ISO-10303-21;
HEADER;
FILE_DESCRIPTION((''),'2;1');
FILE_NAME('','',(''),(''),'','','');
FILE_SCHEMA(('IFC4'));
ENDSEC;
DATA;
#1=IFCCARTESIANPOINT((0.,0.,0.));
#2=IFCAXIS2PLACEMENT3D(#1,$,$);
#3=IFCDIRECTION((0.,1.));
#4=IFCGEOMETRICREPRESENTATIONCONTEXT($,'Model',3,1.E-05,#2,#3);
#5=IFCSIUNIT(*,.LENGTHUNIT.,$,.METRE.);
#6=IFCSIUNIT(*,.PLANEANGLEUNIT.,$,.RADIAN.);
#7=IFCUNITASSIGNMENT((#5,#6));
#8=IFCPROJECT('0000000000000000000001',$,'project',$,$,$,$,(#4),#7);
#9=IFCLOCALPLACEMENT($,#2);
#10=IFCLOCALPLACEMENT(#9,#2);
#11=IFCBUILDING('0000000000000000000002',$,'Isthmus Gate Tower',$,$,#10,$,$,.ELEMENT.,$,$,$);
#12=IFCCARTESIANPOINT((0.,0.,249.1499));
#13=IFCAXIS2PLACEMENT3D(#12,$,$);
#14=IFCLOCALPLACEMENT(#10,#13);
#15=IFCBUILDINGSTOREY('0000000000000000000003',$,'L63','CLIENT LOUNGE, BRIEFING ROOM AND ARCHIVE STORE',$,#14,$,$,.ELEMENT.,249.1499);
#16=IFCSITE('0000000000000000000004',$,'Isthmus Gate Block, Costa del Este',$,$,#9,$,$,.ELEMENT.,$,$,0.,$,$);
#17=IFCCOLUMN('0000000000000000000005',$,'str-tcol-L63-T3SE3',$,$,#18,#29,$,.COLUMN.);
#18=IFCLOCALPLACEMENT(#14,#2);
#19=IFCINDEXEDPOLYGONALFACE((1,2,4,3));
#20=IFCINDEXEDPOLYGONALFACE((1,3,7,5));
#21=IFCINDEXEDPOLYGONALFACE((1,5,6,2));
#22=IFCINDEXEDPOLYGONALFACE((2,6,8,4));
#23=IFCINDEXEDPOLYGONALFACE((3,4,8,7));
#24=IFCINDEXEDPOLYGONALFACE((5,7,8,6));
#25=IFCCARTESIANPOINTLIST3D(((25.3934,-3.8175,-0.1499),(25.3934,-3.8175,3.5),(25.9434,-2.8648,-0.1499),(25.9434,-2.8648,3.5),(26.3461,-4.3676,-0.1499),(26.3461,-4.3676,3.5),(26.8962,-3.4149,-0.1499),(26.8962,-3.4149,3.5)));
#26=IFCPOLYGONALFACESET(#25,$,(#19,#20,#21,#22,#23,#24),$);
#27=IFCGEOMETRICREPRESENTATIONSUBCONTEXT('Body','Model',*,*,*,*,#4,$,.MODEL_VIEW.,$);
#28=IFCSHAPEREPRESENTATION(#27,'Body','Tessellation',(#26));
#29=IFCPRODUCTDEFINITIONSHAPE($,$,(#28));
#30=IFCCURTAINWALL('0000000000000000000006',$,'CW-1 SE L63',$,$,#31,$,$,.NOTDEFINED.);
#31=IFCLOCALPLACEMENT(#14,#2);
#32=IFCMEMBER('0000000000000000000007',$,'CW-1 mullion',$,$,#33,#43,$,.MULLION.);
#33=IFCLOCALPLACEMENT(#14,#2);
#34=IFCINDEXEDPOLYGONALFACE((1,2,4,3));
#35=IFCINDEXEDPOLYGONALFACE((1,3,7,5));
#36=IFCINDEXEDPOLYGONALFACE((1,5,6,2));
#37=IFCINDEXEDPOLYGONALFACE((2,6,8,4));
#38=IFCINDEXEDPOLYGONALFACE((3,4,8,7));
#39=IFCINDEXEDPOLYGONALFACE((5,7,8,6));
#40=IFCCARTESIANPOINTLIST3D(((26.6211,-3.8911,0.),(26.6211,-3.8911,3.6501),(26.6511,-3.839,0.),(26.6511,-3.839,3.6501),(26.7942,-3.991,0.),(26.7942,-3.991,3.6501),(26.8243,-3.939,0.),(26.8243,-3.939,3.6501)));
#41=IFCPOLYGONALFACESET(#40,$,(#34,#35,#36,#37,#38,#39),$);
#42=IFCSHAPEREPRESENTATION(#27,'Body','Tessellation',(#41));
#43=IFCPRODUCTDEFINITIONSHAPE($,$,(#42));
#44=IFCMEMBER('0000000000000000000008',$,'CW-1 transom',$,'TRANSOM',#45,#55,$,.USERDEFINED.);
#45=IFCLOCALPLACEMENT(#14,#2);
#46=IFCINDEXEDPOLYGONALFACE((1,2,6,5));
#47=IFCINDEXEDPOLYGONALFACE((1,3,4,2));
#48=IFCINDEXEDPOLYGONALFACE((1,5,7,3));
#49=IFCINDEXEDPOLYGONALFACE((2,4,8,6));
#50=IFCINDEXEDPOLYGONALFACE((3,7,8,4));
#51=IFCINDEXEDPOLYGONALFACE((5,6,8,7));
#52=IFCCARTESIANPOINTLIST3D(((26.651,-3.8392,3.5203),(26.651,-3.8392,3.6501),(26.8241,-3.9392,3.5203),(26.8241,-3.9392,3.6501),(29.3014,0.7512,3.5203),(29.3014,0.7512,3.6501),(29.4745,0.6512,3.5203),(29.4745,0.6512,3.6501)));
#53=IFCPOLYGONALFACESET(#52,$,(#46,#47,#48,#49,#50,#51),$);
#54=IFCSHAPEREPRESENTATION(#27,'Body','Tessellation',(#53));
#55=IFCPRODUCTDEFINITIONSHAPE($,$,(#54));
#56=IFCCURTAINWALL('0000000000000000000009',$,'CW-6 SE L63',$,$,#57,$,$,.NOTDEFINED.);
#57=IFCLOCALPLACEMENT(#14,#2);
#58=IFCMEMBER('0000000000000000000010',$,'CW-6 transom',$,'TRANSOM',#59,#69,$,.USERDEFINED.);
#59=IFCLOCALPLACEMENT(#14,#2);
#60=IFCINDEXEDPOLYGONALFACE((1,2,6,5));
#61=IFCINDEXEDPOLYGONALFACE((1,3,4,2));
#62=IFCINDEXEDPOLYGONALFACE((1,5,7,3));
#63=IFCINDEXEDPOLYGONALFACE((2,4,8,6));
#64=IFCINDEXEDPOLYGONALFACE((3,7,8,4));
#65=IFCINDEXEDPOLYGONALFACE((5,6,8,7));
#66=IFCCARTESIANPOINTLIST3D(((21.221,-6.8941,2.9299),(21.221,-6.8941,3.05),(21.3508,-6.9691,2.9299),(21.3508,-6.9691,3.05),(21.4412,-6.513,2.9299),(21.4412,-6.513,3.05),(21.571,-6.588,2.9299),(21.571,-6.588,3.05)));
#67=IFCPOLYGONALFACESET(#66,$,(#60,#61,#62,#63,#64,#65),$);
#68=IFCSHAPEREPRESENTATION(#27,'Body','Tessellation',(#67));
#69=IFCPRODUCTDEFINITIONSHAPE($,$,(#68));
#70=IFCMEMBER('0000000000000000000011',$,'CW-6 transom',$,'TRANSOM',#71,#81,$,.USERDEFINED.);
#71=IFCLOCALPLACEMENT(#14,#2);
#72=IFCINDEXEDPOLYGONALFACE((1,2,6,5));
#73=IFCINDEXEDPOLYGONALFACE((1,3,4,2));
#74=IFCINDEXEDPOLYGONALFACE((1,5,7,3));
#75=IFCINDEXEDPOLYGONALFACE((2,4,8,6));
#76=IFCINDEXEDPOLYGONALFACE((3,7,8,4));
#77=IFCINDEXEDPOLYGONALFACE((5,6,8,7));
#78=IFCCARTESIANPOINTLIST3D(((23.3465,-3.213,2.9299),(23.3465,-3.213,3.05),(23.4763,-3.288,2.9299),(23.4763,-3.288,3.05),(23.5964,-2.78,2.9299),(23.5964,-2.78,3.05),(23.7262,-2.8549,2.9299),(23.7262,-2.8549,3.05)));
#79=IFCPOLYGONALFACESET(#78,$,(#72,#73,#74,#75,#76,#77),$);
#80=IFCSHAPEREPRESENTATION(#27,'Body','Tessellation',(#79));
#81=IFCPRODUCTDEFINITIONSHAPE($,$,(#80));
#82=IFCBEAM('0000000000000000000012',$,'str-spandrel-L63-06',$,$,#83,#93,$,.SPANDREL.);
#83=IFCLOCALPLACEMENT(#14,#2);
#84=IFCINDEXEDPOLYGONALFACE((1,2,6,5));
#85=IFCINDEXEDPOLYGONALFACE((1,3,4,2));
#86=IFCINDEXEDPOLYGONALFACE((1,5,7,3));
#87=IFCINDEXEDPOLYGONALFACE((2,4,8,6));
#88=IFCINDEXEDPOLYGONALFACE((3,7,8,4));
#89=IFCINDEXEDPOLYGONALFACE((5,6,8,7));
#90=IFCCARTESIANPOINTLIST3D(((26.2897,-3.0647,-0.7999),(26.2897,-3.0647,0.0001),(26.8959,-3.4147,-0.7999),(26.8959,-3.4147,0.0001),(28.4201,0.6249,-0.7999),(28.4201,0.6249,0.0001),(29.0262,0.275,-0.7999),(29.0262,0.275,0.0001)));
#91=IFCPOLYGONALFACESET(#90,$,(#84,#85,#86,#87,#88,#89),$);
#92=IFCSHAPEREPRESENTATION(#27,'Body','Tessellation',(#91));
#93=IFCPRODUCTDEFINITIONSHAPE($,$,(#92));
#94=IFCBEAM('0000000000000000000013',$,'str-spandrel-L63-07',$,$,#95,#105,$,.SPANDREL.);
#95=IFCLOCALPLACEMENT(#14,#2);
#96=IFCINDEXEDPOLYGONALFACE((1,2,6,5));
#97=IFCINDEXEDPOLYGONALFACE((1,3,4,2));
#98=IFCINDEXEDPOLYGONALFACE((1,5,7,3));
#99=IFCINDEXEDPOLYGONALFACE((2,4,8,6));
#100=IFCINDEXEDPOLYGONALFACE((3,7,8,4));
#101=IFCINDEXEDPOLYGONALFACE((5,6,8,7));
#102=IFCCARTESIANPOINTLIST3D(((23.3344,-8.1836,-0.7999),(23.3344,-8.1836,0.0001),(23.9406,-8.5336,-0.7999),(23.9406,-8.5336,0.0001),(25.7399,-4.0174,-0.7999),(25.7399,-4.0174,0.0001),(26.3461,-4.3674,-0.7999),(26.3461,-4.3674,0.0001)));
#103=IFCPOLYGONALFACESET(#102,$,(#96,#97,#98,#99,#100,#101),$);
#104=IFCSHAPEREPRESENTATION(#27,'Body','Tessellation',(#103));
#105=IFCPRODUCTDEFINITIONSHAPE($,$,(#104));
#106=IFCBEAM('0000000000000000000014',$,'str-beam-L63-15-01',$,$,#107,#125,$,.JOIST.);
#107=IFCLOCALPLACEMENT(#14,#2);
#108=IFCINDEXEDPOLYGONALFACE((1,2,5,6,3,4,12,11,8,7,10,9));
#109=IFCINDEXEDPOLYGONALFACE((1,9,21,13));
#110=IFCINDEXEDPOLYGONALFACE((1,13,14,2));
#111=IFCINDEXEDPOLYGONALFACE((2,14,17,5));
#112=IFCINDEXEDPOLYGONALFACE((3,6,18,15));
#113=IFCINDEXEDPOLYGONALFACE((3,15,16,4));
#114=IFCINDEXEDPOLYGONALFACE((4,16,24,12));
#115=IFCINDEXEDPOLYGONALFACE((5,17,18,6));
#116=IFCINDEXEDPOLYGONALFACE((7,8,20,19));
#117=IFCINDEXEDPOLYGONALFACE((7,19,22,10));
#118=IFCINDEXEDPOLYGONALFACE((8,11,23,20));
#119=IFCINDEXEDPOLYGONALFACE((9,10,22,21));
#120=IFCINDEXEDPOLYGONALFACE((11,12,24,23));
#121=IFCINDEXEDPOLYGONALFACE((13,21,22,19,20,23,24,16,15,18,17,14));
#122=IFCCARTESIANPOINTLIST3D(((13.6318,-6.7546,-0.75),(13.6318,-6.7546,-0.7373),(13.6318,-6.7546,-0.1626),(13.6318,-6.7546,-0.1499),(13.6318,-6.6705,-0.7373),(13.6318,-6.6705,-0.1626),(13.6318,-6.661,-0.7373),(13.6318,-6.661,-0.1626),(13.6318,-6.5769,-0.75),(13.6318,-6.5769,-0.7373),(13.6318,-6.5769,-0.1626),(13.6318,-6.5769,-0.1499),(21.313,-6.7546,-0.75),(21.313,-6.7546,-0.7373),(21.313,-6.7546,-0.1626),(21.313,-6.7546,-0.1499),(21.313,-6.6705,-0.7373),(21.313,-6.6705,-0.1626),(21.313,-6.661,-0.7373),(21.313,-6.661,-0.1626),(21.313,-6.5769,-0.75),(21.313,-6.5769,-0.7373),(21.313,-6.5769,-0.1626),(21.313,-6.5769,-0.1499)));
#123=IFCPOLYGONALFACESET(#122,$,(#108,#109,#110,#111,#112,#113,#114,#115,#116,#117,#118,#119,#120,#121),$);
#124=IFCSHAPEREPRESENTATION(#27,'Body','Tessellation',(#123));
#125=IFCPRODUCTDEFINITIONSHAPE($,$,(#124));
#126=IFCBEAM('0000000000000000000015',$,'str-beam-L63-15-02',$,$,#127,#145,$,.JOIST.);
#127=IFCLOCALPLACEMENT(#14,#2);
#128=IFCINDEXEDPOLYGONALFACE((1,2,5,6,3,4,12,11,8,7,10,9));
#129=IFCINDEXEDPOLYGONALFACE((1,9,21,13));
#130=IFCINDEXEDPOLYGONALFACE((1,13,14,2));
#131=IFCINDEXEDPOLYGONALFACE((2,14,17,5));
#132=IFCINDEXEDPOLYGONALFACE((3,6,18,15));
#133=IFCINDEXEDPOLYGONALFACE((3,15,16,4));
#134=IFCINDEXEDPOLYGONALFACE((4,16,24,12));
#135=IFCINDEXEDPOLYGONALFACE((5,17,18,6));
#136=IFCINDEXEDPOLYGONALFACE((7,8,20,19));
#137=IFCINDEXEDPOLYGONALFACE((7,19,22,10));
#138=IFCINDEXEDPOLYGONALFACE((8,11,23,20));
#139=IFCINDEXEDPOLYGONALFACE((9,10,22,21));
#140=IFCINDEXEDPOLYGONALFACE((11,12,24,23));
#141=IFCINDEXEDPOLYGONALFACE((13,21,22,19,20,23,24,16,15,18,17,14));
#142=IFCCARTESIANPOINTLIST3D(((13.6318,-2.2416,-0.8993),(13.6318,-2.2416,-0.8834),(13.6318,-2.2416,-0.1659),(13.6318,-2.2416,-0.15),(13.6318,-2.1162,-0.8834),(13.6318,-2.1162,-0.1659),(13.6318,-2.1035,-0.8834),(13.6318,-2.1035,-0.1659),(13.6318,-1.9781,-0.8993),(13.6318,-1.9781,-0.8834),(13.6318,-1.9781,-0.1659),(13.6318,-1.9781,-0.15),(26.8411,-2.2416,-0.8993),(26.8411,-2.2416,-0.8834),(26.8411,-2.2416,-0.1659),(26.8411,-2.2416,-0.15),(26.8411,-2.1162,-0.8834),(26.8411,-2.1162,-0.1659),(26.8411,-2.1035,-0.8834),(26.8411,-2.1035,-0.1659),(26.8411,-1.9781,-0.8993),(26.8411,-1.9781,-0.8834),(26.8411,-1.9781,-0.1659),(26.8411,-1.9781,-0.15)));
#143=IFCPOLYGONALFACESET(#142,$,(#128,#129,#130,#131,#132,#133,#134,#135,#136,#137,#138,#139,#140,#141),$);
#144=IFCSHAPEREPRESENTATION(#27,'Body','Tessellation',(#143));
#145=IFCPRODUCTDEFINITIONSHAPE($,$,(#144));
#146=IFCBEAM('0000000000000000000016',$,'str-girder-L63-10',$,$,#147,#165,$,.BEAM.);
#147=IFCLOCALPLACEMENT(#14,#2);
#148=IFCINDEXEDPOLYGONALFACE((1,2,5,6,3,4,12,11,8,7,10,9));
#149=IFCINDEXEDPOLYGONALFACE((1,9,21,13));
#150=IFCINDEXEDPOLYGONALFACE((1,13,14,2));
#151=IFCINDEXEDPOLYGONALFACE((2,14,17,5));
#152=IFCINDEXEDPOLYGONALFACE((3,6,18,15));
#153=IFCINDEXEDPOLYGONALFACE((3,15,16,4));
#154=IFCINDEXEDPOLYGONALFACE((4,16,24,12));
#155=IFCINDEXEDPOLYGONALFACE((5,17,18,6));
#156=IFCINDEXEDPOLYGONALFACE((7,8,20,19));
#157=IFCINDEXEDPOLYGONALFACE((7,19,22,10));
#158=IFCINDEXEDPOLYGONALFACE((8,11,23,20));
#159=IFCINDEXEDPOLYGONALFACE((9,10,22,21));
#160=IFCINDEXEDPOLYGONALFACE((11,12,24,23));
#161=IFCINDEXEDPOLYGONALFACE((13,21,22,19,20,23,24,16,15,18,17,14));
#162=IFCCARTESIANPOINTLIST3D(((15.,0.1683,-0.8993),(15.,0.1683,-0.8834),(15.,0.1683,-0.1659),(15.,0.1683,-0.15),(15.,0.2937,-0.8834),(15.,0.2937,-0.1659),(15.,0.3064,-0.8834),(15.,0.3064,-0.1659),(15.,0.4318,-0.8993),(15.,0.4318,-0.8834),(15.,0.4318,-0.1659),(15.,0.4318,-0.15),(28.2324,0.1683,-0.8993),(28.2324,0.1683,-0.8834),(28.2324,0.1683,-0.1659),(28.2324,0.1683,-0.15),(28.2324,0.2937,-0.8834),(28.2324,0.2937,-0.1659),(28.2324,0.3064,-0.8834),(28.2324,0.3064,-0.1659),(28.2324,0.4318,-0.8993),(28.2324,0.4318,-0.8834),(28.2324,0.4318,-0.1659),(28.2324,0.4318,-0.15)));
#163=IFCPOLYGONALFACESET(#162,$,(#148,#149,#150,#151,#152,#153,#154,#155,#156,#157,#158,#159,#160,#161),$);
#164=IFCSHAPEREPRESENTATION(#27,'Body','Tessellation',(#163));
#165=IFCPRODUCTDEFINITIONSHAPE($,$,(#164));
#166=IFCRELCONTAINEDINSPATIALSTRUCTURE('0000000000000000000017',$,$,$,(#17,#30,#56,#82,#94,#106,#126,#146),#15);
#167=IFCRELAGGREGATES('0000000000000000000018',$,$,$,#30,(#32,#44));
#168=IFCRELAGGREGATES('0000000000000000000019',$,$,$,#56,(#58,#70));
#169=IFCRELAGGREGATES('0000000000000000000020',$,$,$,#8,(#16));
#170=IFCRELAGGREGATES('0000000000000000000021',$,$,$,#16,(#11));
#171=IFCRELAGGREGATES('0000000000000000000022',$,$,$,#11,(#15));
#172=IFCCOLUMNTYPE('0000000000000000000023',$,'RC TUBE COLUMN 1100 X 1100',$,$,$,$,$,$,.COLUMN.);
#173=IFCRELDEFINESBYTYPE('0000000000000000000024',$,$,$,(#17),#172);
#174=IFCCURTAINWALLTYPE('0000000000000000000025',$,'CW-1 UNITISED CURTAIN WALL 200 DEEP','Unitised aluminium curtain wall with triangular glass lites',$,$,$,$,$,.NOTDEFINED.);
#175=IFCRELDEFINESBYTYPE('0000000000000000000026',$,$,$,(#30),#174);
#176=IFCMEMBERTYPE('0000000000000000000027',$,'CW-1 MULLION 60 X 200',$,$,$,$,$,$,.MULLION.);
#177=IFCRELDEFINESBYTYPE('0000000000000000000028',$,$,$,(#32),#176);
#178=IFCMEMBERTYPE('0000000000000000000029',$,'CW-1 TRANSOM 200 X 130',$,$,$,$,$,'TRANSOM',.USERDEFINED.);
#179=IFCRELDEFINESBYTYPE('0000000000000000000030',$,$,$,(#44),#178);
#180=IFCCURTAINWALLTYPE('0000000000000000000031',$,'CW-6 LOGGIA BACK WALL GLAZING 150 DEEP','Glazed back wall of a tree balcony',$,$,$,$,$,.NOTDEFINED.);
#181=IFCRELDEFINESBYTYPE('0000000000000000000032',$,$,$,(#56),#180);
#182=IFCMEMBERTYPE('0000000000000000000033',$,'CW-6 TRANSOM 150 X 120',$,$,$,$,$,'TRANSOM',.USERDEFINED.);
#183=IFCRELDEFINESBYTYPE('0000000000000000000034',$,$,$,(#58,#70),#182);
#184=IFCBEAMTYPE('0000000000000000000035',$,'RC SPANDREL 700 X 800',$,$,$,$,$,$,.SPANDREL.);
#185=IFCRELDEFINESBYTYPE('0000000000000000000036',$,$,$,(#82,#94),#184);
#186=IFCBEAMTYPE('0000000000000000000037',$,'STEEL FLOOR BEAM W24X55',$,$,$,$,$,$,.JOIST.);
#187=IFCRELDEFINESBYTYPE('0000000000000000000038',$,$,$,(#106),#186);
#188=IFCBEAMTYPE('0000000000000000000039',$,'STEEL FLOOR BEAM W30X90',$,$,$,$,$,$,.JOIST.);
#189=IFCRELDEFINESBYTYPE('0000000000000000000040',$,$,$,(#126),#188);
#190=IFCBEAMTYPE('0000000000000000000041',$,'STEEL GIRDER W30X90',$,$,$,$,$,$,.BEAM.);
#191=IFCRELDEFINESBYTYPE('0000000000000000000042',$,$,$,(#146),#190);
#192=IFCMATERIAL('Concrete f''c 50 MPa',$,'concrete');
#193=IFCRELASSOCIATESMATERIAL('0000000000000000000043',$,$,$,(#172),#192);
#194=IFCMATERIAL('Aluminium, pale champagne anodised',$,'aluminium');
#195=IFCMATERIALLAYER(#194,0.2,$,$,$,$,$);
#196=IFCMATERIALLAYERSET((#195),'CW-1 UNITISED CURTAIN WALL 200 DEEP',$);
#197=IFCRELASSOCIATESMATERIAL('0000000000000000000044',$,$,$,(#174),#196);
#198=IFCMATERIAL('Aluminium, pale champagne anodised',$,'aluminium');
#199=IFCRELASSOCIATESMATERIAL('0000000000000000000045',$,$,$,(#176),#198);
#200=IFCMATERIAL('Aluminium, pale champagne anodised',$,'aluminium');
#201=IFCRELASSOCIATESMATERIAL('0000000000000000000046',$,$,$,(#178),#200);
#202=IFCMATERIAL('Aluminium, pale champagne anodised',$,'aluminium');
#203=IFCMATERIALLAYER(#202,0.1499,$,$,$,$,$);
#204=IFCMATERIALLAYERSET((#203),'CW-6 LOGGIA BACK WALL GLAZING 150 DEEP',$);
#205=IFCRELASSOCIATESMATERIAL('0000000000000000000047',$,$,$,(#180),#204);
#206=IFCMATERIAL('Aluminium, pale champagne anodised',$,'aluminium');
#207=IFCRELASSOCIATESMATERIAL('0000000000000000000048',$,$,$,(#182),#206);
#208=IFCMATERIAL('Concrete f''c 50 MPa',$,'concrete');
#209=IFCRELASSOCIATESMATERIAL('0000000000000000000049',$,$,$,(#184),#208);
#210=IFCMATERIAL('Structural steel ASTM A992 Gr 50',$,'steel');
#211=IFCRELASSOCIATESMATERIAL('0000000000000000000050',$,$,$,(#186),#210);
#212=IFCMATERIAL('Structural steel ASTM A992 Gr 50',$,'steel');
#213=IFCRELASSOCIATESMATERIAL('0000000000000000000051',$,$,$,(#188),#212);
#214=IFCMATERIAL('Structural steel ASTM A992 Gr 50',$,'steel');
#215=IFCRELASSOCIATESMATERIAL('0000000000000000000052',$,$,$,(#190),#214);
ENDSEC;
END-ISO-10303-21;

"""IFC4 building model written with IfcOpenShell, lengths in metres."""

from ifc_helpers import new_model, si_unit, direction, frame, origin, origin_2d, place, context, subcontext, project, spatial, rectangle, i_section, extrude, material, layer, layer_set, material_profile, profile_set, type_object, element, aggregate, save


model = new_model("IFC4")

# Units and contexts
model_context = context("Model", 3, precision=1e-05, world=origin(), true_north=direction((0.0, 1.0)))
body_context = subcontext(model_context, "Body", "Model", "MODEL_VIEW")
ifc_project = project(units=[si_unit("LENGTHUNIT", "METRE"), si_unit("PLANEANGLEUNIT", "RADIAN")], contexts=[model_context])

# Site, building, storey
site_placement = place(None, origin())
site = spatial("IfcSite", under=ifc_project, at=site_placement, Name="Isthmus Gate Block, Costa del Este", CompositionType="ELEMENT", RefElevation=0.0)
building_placement = place(site_placement, origin())
building = spatial("IfcBuilding", under=site, at=building_placement, Name="Isthmus Gate Tower", CompositionType="ELEMENT")
storey_placement = place(building_placement, frame((0.0, 0.0, 249.1499)))
storey = spatial("IfcBuildingStorey", under=building, at=storey_placement, Name="L63", Description="CLIENT LOUNGE, BRIEFING ROOM AND ARCHIVE STORE", CompositionType="ELEMENT", Elevation=249.1499)

# Column
ifc_material_1 = material(Name="Concrete f'c 50 MPa", Category="concrete")
ifc_material_profile_1 = material_profile(ifc_material_1, rectangle(XDim=1.1001, YDim=1.1001, at=origin_2d()), Name="RC 1100X1100")
ifc_profile_set_1 = profile_set([ifc_material_profile_1], Name="Concrete f'c 50 MPa")
column_type = type_object("IfcColumnType", Name="RC TUBE COLUMN 1100 X 1100", PredefinedType="COLUMN", material=ifc_profile_set_1)
column_placement = place(storey_placement, frame((26.1448, -3.6162, -0.1499), z_axis=(0.0, 0.0, 1.0), x_axis=(0.5, 0.866025, 0.0)))
element("IfcColumn", 1, at=column_placement, inside=storey, type_object=column_type, Name="str-tcol-L63-T3SE3", PredefinedType="COLUMN", context=body_context, shape_type="SweptSolid", body=[
    extrude(rectangle(XDim=1.1001, YDim=1.1001, at=origin_2d()), origin(), (0.0, 0.0, 1.0), 3.6499),
])

# Curtain walls, members
ifc_material_2 = material(Name="Aluminium, pale champagne anodised", Category="aluminium")
ifc_layer_1 = layer(ifc_material_2, 0.2)
ifc_layer_set_1 = layer_set([ifc_layer_1], Name="CW-1 UNITISED CURTAIN WALL 200 DEEP")
curtain_wall_type_1 = type_object("IfcCurtainWallType", Name="CW-1 UNITISED CURTAIN WALL 200 DEEP", Description="Unitised aluminium curtain wall with triangular glass lites", PredefinedType="NOTDEFINED", material=ifc_layer_set_1)
curtain_wall_1_placement = place(storey_placement, origin())
curtain_wall_1 = element("IfcCurtainWall", 2, at=curtain_wall_1_placement, inside=storey, type_object=curtain_wall_type_1, Name="CW-1 SE L63", PredefinedType="NOTDEFINED")
ifc_material_3 = material(Name="Aluminium, pale champagne anodised", Category="aluminium")
ifc_material_profile_2 = material_profile(ifc_material_3, rectangle(XDim=0.0601, YDim=0.2, at=origin_2d()), Name="60x200")
ifc_profile_set_2 = profile_set([ifc_material_profile_2], Name="Aluminium, pale champagne anodised")
member_type_1 = type_object("IfcMemberType", Name="CW-1 MULLION 60 X 200", PredefinedType="MULLION", material=ifc_profile_set_2)
member_1_placement = place(storey_placement, frame((26.7227, -3.915, 0.0), z_axis=(0.0, 0.0, 1.0), x_axis=(0.5, 0.866025, 0.0)))
member_1 = element("IfcMember", 3, at=member_1_placement, type_object=member_type_1, Name="CW-1 mullion", PredefinedType="MULLION", context=body_context, shape_type="SweptSolid", body=[
    extrude(rectangle(XDim=0.0601, YDim=0.2, at=origin_2d()), origin(), (0.0, 0.0, 1.0), 3.6501),
])
ifc_material_4 = material(Name="Aluminium, pale champagne anodised", Category="aluminium")
ifc_material_profile_3 = material_profile(ifc_material_4, rectangle(XDim=0.2, YDim=0.1299, at=origin_2d()), Name="200x130")
ifc_profile_set_3 = profile_set([ifc_material_profile_3], Name="Aluminium, pale champagne anodised")
member_type_2 = type_object("IfcMemberType", Name="CW-1 TRANSOM 200 X 130", ElementType="TRANSOM", PredefinedType="USERDEFINED", material=ifc_profile_set_3)
member_2_placement = place(storey_placement, frame((26.7375, -3.8892, 3.5852), z_axis=(0.500023, 0.866012, 0.0), x_axis=(-0.866012, 0.500023, 0.0)))
member_2 = element("IfcMember", 4, at=member_2_placement, type_object=member_type_2, Name="CW-1 transom", ObjectType="TRANSOM", PredefinedType="USERDEFINED", context=body_context, shape_type="SweptSolid", body=[
    extrude(rectangle(XDim=0.2, YDim=0.1299, at=origin_2d()), origin(), (0.0, 0.0, 1.0), 5.3005),
])
ifc_material_5 = material(Name="Aluminium, pale champagne anodised", Category="aluminium")
ifc_layer_2 = layer(ifc_material_5, 0.1499)
ifc_layer_set_2 = layer_set([ifc_layer_2], Name="CW-6 LOGGIA BACK WALL GLAZING 150 DEEP")
curtain_wall_type_2 = type_object("IfcCurtainWallType", Name="CW-6 LOGGIA BACK WALL GLAZING 150 DEEP", Description="Glazed back wall of a tree balcony", PredefinedType="NOTDEFINED", material=ifc_layer_set_2)
curtain_wall_2_placement = place(storey_placement, origin())
curtain_wall_2 = element("IfcCurtainWall", 5, at=curtain_wall_2_placement, inside=storey, type_object=curtain_wall_type_2, Name="CW-6 SE L63", PredefinedType="NOTDEFINED")
ifc_material_6 = material(Name="Aluminium, pale champagne anodised", Category="aluminium")
ifc_material_profile_4 = material_profile(ifc_material_6, rectangle(XDim=0.1499, YDim=0.1201, at=origin_2d()), Name="150x120")
ifc_profile_set_4 = profile_set([ifc_material_profile_4], Name="Aluminium, pale champagne anodised")
member_type_3 = type_object("IfcMemberType", Name="CW-6 TRANSOM 150 X 120", ElementType="TRANSOM", PredefinedType="USERDEFINED", material=ifc_profile_set_4)
member_3_placement = place(storey_placement, frame((21.2859, -6.9316, 2.99), z_axis=(0.500315, 0.865844, 0.0), x_axis=(-0.865844, 0.500315, 0.0)))
member_3 = element("IfcMember", 6, at=member_3_placement, type_object=member_type_3, Name="CW-6 transom", ObjectType="TRANSOM", PredefinedType="USERDEFINED", context=body_context, shape_type="SweptSolid", body=[
    extrude(rectangle(XDim=0.1499, YDim=0.1201, at=origin_2d()), origin(), (0.0, 0.0, 1.0), 0.4402),
])
member_4_placement = place(storey_placement, frame((23.4114, -3.2505, 2.99), z_axis=(0.49992, 0.866072, 0.0), x_axis=(-0.866072, 0.49992, 0.0)))
member_4 = element("IfcMember", 7, at=member_4_placement, type_object=member_type_3, Name="CW-6 transom", ObjectType="TRANSOM", PredefinedType="USERDEFINED", context=body_context, shape_type="SweptSolid", body=[
    extrude(rectangle(XDim=0.1499, YDim=0.1201, at=origin_2d()), origin(), (0.0, 0.0, 1.0), 0.5),
])

# Beams
ifc_material_7 = material(Name="Concrete f'c 50 MPa", Category="concrete")
ifc_material_profile_5 = material_profile(ifc_material_7, rectangle(XDim=0.7, YDim=0.8, at=origin_2d()), Name="RC 700X800")
ifc_profile_set_5 = profile_set([ifc_material_profile_5], Name="Concrete f'c 50 MPa")
beam_type_1 = type_object("IfcBeamType", Name="RC SPANDREL 700 X 800", PredefinedType="SPANDREL", material=ifc_profile_set_5)
beam_1_placement = place(storey_placement, frame((28.7231, 0.45, -0.3999), z_axis=(-0.500022, -0.866013, 0.0), x_axis=(0.866013, -0.500022, 0.0)))
element("IfcBeam", 8, at=beam_1_placement, inside=storey, type_object=beam_type_1, Name="str-spandrel-L63-06", PredefinedType="SPANDREL", context=body_context, shape_type="SweptSolid", body=[
    extrude(rectangle(XDim=0.7, YDim=0.8, at=origin_2d()), origin(), (0.0, 0.0, 1.0), 4.2605),
])
beam_2_placement = place(storey_placement, frame((26.043, -4.1924, -0.3999), z_axis=(-0.50002, -0.866014, 0.0), x_axis=(0.866014, -0.50002, 0.0)))
element("IfcBeam", 9, at=beam_2_placement, inside=storey, type_object=beam_type_1, Name="str-spandrel-L63-07", PredefinedType="SPANDREL", context=body_context, shape_type="SweptSolid", body=[
    extrude(rectangle(XDim=0.7, YDim=0.8, at=origin_2d()), origin(), (0.0, 0.0, 1.0), 4.8108),
])
ifc_material_8 = material(Name="Structural steel ASTM A992 Gr 50", Category="steel")
ifc_material_profile_6 = material_profile(ifc_material_8, i_section(OverallWidth=0.1777, OverallDepth=0.6001, WebThickness=0.0095, FlangeThickness=0.0127, at=origin_2d()), Name="W24X55")
ifc_profile_set_6 = profile_set([ifc_material_profile_6], Name="Structural steel ASTM A992 Gr 50")
beam_type_2 = type_object("IfcBeamType", Name="STEEL FLOOR BEAM W24X55", PredefinedType="JOIST", material=ifc_profile_set_6)
beam_3_placement = place(storey_placement, frame((13.6318, -6.6658, -0.45), z_axis=(1.0, 0.0, 0.0), x_axis=(0.0, 1.0, 0.0)))
element("IfcBeam", 10, at=beam_3_placement, inside=storey, type_object=beam_type_2, Name="str-beam-L63-15-01", PredefinedType="JOIST", context=body_context, shape_type="SweptSolid", body=[
    extrude(i_section(OverallWidth=0.1777, OverallDepth=0.6001, WebThickness=0.0095, FlangeThickness=0.0127, at=origin_2d()), origin(), (0.0, 0.0, 1.0), 7.6812),
])
ifc_material_9 = material(Name="Structural steel ASTM A992 Gr 50", Category="steel")
ifc_material_profile_7 = material_profile(ifc_material_9, i_section(OverallWidth=0.2634, OverallDepth=0.7493, WebThickness=0.0127, FlangeThickness=0.0159, at=origin_2d()), Name="W30X90")
ifc_profile_set_7 = profile_set([ifc_material_profile_7], Name="Structural steel ASTM A992 Gr 50")
beam_type_3 = type_object("IfcBeamType", Name="STEEL FLOOR BEAM W30X90", PredefinedType="JOIST", material=ifc_profile_set_7)
beam_4_placement = place(storey_placement, frame((13.6318, -2.1099, -0.5247), z_axis=(1.0, 0.0, 0.0), x_axis=(0.0, 1.0, 0.0)))
element("IfcBeam", 11, at=beam_4_placement, inside=storey, type_object=beam_type_3, Name="str-beam-L63-15-02", PredefinedType="JOIST", context=body_context, shape_type="SweptSolid", body=[
    extrude(i_section(OverallWidth=0.2634, OverallDepth=0.7493, WebThickness=0.0127, FlangeThickness=0.0159, at=origin_2d()), origin(), (0.0, 0.0, 1.0), 13.2092),
])
ifc_material_10 = material(Name="Structural steel ASTM A992 Gr 50", Category="steel")
ifc_material_profile_8 = material_profile(ifc_material_10, i_section(OverallWidth=0.2634, OverallDepth=0.7493, WebThickness=0.0127, FlangeThickness=0.0159, at=origin_2d()), Name="W30X90")
ifc_profile_set_8 = profile_set([ifc_material_profile_8], Name="Structural steel ASTM A992 Gr 50")
beam_type_4 = type_object("IfcBeamType", Name="STEEL GIRDER W30X90", PredefinedType="BEAM", material=ifc_profile_set_8)
beam_5_placement = place(storey_placement, frame((15.0, 0.3, -0.5247), z_axis=(1.0, 0.0, 0.0), x_axis=(0.0, 1.0, 0.0)))
element("IfcBeam", 12, at=beam_5_placement, inside=storey, type_object=beam_type_4, Name="str-girder-L63-10", PredefinedType="BEAM", context=body_context, shape_type="SweptSolid", body=[
    extrude(i_section(OverallWidth=0.2634, OverallDepth=0.7493, WebThickness=0.0127, FlangeThickness=0.0159, at=origin_2d()), origin(), (0.0, 0.0, 1.0), 13.2324),
])

aggregate(curtain_wall_1, [member_1, member_2])
aggregate(curtain_wall_2, [member_3, member_4])

save(model, "model.ifc")
